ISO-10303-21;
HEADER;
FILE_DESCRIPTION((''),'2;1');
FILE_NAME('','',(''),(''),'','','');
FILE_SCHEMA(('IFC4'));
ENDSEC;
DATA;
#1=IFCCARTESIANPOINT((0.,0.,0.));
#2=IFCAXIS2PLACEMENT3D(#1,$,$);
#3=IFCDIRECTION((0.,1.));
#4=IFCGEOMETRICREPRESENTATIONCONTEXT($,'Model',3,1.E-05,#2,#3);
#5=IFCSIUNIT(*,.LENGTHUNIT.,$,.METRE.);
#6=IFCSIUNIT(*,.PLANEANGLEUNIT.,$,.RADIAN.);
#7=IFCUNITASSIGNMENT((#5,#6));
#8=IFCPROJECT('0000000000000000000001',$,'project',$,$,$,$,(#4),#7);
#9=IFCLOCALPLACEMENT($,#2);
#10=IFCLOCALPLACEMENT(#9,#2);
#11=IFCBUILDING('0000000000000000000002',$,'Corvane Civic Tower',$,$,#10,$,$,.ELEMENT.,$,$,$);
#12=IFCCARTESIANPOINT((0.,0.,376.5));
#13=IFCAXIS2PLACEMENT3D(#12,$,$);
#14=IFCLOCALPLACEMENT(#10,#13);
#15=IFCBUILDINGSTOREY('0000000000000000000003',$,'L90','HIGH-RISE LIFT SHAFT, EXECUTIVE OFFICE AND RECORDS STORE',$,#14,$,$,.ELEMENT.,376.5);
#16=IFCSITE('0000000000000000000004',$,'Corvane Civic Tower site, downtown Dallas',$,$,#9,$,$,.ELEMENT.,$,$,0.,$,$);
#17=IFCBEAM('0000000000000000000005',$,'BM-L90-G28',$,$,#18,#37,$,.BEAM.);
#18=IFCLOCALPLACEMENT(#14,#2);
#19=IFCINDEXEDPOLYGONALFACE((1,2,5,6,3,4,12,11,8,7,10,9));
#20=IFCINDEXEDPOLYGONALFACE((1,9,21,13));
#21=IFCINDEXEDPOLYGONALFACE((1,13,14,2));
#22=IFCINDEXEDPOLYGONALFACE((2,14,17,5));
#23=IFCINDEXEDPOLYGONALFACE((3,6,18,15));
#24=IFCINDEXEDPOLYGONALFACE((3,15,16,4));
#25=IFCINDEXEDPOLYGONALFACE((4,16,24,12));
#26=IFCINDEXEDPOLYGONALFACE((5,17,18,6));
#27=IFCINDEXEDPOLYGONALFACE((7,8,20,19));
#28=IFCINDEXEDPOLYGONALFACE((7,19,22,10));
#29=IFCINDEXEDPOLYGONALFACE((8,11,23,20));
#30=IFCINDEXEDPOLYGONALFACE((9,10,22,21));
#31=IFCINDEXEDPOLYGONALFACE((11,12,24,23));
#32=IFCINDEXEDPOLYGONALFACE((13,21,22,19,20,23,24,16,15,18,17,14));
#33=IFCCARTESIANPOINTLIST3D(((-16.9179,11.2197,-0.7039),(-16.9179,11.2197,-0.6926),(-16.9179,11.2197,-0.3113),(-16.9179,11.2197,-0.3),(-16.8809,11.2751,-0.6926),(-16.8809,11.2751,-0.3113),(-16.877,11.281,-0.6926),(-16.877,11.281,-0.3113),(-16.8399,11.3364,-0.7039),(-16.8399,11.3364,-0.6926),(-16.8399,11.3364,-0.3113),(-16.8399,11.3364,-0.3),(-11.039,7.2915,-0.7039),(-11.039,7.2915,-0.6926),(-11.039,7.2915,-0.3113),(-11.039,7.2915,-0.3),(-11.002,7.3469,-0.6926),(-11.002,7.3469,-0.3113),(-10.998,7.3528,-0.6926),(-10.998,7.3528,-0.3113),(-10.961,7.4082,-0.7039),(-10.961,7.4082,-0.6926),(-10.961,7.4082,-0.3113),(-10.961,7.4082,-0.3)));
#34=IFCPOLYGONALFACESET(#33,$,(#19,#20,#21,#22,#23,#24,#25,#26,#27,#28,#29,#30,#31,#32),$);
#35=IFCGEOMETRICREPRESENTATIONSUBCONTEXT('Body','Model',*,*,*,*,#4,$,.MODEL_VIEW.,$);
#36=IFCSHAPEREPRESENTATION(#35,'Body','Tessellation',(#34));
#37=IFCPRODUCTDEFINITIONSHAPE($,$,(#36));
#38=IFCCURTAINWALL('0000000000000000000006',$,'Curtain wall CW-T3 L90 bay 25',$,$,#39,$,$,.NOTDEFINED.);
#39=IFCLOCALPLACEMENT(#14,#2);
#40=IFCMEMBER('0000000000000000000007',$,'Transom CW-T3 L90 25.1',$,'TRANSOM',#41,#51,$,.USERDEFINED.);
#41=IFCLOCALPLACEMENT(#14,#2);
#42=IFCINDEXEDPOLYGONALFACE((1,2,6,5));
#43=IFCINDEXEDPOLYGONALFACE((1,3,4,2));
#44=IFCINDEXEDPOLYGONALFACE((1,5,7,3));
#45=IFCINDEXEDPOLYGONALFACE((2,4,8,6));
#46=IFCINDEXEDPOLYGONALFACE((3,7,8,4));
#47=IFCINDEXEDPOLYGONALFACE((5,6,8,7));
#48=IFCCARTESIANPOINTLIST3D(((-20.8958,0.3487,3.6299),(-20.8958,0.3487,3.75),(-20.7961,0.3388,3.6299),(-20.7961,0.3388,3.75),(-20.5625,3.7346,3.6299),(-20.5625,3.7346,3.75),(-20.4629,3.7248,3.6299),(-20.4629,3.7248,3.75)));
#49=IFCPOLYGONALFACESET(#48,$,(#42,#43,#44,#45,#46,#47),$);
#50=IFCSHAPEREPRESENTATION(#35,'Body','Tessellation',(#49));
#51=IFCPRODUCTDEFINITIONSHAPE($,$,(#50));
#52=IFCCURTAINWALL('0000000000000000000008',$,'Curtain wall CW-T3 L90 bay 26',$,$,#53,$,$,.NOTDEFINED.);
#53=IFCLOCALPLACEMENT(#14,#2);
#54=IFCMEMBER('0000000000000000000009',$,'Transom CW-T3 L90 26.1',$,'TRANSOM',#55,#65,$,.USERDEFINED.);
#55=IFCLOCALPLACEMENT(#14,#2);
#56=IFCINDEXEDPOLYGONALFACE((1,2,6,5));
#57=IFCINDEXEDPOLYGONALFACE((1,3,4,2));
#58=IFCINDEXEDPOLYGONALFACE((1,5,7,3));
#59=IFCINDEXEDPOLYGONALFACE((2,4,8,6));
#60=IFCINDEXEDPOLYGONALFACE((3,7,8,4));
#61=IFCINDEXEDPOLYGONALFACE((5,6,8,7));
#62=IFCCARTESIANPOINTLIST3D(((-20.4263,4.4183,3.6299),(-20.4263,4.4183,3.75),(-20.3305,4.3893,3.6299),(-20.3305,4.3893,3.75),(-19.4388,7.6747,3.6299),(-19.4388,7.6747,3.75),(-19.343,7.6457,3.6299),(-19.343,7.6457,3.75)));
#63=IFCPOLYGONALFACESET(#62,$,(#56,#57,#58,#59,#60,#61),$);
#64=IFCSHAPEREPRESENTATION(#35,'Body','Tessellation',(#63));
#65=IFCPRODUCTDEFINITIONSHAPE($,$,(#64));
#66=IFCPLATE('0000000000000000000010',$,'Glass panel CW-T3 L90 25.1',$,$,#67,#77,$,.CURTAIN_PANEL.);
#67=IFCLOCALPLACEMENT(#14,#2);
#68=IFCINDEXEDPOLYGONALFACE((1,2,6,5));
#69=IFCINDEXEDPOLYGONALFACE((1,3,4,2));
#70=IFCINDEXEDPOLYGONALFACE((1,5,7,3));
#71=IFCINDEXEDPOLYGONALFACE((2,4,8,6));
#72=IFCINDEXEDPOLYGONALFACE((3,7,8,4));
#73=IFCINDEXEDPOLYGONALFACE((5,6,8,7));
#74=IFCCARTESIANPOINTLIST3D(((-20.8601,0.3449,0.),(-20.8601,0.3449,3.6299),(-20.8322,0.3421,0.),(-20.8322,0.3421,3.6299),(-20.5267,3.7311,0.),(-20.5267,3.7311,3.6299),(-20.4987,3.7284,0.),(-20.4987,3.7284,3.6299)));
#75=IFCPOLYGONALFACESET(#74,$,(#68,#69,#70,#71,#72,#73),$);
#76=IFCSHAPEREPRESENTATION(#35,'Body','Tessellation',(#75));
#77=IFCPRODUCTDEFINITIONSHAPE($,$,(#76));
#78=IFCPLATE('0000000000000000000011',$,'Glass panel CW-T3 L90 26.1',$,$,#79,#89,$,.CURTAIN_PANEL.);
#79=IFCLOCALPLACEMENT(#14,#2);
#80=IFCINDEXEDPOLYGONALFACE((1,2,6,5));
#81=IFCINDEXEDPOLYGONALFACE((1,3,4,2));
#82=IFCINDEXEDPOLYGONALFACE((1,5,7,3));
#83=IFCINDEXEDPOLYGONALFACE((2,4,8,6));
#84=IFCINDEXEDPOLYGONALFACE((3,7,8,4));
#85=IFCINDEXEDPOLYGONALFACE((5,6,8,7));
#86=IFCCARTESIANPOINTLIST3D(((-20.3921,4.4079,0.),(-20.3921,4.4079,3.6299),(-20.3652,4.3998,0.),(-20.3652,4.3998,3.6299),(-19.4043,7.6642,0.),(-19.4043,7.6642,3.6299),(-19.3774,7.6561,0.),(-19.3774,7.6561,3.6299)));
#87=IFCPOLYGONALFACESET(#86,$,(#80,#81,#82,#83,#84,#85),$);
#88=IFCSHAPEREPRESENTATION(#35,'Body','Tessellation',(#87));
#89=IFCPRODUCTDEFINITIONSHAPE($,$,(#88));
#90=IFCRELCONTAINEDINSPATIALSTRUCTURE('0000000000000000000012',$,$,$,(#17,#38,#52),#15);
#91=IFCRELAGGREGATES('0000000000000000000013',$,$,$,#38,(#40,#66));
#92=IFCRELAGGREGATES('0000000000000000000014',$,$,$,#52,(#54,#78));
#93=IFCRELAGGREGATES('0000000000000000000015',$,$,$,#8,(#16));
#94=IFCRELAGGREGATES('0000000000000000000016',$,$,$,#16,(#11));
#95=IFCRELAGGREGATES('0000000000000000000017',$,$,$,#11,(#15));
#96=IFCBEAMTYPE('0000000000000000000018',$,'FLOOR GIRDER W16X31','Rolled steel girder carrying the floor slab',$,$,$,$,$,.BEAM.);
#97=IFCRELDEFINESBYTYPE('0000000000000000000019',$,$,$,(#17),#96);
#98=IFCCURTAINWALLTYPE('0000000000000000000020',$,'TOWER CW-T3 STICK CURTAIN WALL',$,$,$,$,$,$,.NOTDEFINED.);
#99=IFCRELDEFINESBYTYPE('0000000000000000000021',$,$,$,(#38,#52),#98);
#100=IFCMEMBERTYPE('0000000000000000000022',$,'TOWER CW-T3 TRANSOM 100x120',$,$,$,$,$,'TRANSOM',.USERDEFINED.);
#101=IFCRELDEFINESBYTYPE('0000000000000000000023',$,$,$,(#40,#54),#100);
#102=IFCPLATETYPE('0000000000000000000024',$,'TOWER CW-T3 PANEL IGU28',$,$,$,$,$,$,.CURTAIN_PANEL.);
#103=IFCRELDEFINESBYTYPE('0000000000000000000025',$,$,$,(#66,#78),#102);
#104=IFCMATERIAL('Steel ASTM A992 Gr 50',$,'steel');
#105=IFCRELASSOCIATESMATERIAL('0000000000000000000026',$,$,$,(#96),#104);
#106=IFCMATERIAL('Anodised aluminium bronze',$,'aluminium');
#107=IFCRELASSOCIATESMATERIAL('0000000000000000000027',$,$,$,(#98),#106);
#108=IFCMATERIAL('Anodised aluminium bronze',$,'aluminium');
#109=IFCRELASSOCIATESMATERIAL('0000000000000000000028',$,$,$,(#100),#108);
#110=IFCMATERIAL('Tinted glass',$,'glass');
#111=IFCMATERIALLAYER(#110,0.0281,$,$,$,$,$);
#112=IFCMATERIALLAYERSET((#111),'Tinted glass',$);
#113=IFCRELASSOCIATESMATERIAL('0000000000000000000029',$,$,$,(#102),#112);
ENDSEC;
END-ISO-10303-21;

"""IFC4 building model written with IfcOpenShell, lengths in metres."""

from ifc_helpers import new_model, si_unit, direction, frame, origin, origin_2d, place, context, subcontext, project, spatial, rectangle, i_section, extrude, material, layer, layer_set, material_profile, profile_set, type_object, element, aggregate, save


model = new_model("IFC4")

# Units and contexts
model_context = context("Model", 3, precision=1e-05, world=origin(), true_north=direction((0.0, 1.0)))
body_context = subcontext(model_context, "Body", "Model", "MODEL_VIEW")
ifc_project = project(units=[si_unit("LENGTHUNIT", "METRE"), si_unit("PLANEANGLEUNIT", "RADIAN")], contexts=[model_context])

# Site, building, storey
site_placement = place(None, origin())
site = spatial("IfcSite", under=ifc_project, at=site_placement, Name="Corvane Civic Tower site, downtown Dallas", CompositionType="ELEMENT", RefElevation=0.0)
building_placement = place(site_placement, origin())
building = spatial("IfcBuilding", under=site, at=building_placement, Name="Corvane Civic Tower", CompositionType="ELEMENT")
storey_placement = place(building_placement, frame((0.0, 0.0, 376.5)))
storey = spatial("IfcBuildingStorey", under=building, at=storey_placement, Name="L90", Description="HIGH-RISE LIFT SHAFT, EXECUTIVE OFFICE AND RECORDS STORE", CompositionType="ELEMENT", Elevation=376.5)

# Beam
ifc_material_1 = material(Name="Steel ASTM A992 Gr 50", Category="steel")
ifc_material_profile_1 = material_profile(ifc_material_1, i_section(OverallWidth=0.1404, OverallDepth=0.4038, WebThickness=0.0071, FlangeThickness=0.0112, at=origin_2d()), Name="W16X31")
ifc_profile_set_1 = profile_set([ifc_material_profile_1], Name="Steel ASTM A992 Gr 50")
beam_type_1 = type_object("IfcBeamType", Name="FLOOR GIRDER W16X31", Description="Rolled steel girder carrying the floor slab", PredefinedType="BEAM", material=ifc_profile_set_1)
beam_1_placement = place(storey_placement, frame((-11.0, 7.3499, -0.502), z_axis=(-0.831465, 0.555576, 0.0), x_axis=(-0.555576, -0.831465, 0.0)))
element("IfcBeam", 1, at=beam_1_placement, inside=storey, type_object=beam_type_1, Name="BM-L90-G28", PredefinedType="BEAM", context=body_context, shape_type="SweptSolid", body=[
    extrude(i_section(OverallWidth=0.1404, OverallDepth=0.4038, WebThickness=0.0071, FlangeThickness=0.0112, at=origin_2d()), origin(), (0.0, 0.0, 1.0), 7.0706),
])

# Curtain walls, members
ifc_material_2 = material(Name="Anodised aluminium bronze", Category="aluminium")
curtain_wall_type = type_object("IfcCurtainWallType", Name="TOWER CW-T3 STICK CURTAIN WALL", PredefinedType="NOTDEFINED", material=ifc_material_2)
curtain_wall_1_placement = place(storey_placement, origin())
curtain_wall_1 = element("IfcCurtainWall", 2, at=curtain_wall_1_placement, inside=storey, type_object=curtain_wall_type, Name="Curtain wall CW-T3 L90 bay 25", PredefinedType="NOTDEFINED")
ifc_material_3 = material(Name="Anodised aluminium bronze", Category="aluminium")
ifc_material_profile_2 = material_profile(ifc_material_3, rectangle(XDim=0.1001, YDim=0.1201, at=origin_2d()), Name="TOWER CW-T3 TRANSOM 100x120")
ifc_profile_set_2 = profile_set([ifc_material_profile_2], Name="Anodised aluminium bronze")
member_type = type_object("IfcMemberType", Name="TOWER CW-T3 TRANSOM 100x120", ElementType="TRANSOM", PredefinedType="USERDEFINED", material=ifc_profile_set_2)
member_1_placement = place(storey_placement, frame((-20.8459, 0.3438, 3.6899), z_axis=(0.097948, 0.995192, 0.0), x_axis=(-0.995192, 0.097948, 0.0)))
member_1 = element("IfcMember", 3, at=member_1_placement, type_object=member_type, Name="Transom CW-T3 L90 25.1", ObjectType="TRANSOM", PredefinedType="USERDEFINED", context=body_context, shape_type="SweptSolid", body=[
    extrude(rectangle(XDim=0.1001, YDim=0.1201, at=origin_2d()), origin(), (0.0, 0.0, 1.0), 3.4023),
])
curtain_wall_2_placement = place(storey_placement, origin())
curtain_wall_2 = element("IfcCurtainWall", 4, at=curtain_wall_2_placement, inside=storey, type_object=curtain_wall_type, Name="Curtain wall CW-T3 L90 bay 26", PredefinedType="NOTDEFINED")
member_2_placement = place(storey_placement, frame((-20.3784, 4.4038, 3.6899), z_axis=(0.290216, 0.956961, 0.0), x_axis=(-0.956961, 0.290216, 0.0)))
member_2 = element("IfcMember", 5, at=member_2_placement, type_object=member_type, Name="Transom CW-T3 L90 26.1", ObjectType="TRANSOM", PredefinedType="USERDEFINED", context=body_context, shape_type="SweptSolid", body=[
    extrude(rectangle(XDim=0.1001, YDim=0.1201, at=origin_2d()), origin(), (0.0, 0.0, 1.0), 3.4028),
])

# Plates
ifc_material_4 = material(Name="Tinted glass", Category="glass")
ifc_layer_1 = layer(ifc_material_4, 0.0281)
ifc_layer_set_1 = layer_set([ifc_layer_1], Name="Tinted glass")
plate_type = type_object("IfcPlateType", Name="TOWER CW-T3 PANEL IGU28", PredefinedType="CURTAIN_PANEL", material=ifc_layer_set_1)
plate_1_placement = place(storey_placement, frame((-20.6794, 2.0366, 0.0), z_axis=(0.0, 0.0, 1.0), x_axis=(0.097998, 0.995187, 0.0)))
plate_1 = element("IfcPlate", 6, at=plate_1_placement, type_object=plate_type, Name="Glass panel CW-T3 L90 25.1", PredefinedType="CURTAIN_PANEL", context=body_context, shape_type="SweptSolid", body=[
    extrude(rectangle(XDim=3.4026, YDim=0.0281, at=origin_2d()), origin(), (0.0, 0.0, 1.0), 3.6299),
])
aggregate(curtain_wall_1, [member_1, plate_1])
plate_2_placement = place(storey_placement, frame((-19.8848, 6.032, 0.0), z_axis=(0.0, 0.0, 1.0), x_axis=(0.29029, 0.956939, 0.0)))
plate_2 = element("IfcPlate", 7, at=plate_2_placement, type_object=plate_type, Name="Glass panel CW-T3 L90 26.1", PredefinedType="CURTAIN_PANEL", context=body_context, shape_type="SweptSolid", body=[
    extrude(rectangle(XDim=3.4028, YDim=0.0281, at=origin_2d()), origin(), (0.0, 0.0, 1.0), 3.6299),
])
aggregate(curtain_wall_2, [member_2, plate_2])

save(model, "model.ifc")
